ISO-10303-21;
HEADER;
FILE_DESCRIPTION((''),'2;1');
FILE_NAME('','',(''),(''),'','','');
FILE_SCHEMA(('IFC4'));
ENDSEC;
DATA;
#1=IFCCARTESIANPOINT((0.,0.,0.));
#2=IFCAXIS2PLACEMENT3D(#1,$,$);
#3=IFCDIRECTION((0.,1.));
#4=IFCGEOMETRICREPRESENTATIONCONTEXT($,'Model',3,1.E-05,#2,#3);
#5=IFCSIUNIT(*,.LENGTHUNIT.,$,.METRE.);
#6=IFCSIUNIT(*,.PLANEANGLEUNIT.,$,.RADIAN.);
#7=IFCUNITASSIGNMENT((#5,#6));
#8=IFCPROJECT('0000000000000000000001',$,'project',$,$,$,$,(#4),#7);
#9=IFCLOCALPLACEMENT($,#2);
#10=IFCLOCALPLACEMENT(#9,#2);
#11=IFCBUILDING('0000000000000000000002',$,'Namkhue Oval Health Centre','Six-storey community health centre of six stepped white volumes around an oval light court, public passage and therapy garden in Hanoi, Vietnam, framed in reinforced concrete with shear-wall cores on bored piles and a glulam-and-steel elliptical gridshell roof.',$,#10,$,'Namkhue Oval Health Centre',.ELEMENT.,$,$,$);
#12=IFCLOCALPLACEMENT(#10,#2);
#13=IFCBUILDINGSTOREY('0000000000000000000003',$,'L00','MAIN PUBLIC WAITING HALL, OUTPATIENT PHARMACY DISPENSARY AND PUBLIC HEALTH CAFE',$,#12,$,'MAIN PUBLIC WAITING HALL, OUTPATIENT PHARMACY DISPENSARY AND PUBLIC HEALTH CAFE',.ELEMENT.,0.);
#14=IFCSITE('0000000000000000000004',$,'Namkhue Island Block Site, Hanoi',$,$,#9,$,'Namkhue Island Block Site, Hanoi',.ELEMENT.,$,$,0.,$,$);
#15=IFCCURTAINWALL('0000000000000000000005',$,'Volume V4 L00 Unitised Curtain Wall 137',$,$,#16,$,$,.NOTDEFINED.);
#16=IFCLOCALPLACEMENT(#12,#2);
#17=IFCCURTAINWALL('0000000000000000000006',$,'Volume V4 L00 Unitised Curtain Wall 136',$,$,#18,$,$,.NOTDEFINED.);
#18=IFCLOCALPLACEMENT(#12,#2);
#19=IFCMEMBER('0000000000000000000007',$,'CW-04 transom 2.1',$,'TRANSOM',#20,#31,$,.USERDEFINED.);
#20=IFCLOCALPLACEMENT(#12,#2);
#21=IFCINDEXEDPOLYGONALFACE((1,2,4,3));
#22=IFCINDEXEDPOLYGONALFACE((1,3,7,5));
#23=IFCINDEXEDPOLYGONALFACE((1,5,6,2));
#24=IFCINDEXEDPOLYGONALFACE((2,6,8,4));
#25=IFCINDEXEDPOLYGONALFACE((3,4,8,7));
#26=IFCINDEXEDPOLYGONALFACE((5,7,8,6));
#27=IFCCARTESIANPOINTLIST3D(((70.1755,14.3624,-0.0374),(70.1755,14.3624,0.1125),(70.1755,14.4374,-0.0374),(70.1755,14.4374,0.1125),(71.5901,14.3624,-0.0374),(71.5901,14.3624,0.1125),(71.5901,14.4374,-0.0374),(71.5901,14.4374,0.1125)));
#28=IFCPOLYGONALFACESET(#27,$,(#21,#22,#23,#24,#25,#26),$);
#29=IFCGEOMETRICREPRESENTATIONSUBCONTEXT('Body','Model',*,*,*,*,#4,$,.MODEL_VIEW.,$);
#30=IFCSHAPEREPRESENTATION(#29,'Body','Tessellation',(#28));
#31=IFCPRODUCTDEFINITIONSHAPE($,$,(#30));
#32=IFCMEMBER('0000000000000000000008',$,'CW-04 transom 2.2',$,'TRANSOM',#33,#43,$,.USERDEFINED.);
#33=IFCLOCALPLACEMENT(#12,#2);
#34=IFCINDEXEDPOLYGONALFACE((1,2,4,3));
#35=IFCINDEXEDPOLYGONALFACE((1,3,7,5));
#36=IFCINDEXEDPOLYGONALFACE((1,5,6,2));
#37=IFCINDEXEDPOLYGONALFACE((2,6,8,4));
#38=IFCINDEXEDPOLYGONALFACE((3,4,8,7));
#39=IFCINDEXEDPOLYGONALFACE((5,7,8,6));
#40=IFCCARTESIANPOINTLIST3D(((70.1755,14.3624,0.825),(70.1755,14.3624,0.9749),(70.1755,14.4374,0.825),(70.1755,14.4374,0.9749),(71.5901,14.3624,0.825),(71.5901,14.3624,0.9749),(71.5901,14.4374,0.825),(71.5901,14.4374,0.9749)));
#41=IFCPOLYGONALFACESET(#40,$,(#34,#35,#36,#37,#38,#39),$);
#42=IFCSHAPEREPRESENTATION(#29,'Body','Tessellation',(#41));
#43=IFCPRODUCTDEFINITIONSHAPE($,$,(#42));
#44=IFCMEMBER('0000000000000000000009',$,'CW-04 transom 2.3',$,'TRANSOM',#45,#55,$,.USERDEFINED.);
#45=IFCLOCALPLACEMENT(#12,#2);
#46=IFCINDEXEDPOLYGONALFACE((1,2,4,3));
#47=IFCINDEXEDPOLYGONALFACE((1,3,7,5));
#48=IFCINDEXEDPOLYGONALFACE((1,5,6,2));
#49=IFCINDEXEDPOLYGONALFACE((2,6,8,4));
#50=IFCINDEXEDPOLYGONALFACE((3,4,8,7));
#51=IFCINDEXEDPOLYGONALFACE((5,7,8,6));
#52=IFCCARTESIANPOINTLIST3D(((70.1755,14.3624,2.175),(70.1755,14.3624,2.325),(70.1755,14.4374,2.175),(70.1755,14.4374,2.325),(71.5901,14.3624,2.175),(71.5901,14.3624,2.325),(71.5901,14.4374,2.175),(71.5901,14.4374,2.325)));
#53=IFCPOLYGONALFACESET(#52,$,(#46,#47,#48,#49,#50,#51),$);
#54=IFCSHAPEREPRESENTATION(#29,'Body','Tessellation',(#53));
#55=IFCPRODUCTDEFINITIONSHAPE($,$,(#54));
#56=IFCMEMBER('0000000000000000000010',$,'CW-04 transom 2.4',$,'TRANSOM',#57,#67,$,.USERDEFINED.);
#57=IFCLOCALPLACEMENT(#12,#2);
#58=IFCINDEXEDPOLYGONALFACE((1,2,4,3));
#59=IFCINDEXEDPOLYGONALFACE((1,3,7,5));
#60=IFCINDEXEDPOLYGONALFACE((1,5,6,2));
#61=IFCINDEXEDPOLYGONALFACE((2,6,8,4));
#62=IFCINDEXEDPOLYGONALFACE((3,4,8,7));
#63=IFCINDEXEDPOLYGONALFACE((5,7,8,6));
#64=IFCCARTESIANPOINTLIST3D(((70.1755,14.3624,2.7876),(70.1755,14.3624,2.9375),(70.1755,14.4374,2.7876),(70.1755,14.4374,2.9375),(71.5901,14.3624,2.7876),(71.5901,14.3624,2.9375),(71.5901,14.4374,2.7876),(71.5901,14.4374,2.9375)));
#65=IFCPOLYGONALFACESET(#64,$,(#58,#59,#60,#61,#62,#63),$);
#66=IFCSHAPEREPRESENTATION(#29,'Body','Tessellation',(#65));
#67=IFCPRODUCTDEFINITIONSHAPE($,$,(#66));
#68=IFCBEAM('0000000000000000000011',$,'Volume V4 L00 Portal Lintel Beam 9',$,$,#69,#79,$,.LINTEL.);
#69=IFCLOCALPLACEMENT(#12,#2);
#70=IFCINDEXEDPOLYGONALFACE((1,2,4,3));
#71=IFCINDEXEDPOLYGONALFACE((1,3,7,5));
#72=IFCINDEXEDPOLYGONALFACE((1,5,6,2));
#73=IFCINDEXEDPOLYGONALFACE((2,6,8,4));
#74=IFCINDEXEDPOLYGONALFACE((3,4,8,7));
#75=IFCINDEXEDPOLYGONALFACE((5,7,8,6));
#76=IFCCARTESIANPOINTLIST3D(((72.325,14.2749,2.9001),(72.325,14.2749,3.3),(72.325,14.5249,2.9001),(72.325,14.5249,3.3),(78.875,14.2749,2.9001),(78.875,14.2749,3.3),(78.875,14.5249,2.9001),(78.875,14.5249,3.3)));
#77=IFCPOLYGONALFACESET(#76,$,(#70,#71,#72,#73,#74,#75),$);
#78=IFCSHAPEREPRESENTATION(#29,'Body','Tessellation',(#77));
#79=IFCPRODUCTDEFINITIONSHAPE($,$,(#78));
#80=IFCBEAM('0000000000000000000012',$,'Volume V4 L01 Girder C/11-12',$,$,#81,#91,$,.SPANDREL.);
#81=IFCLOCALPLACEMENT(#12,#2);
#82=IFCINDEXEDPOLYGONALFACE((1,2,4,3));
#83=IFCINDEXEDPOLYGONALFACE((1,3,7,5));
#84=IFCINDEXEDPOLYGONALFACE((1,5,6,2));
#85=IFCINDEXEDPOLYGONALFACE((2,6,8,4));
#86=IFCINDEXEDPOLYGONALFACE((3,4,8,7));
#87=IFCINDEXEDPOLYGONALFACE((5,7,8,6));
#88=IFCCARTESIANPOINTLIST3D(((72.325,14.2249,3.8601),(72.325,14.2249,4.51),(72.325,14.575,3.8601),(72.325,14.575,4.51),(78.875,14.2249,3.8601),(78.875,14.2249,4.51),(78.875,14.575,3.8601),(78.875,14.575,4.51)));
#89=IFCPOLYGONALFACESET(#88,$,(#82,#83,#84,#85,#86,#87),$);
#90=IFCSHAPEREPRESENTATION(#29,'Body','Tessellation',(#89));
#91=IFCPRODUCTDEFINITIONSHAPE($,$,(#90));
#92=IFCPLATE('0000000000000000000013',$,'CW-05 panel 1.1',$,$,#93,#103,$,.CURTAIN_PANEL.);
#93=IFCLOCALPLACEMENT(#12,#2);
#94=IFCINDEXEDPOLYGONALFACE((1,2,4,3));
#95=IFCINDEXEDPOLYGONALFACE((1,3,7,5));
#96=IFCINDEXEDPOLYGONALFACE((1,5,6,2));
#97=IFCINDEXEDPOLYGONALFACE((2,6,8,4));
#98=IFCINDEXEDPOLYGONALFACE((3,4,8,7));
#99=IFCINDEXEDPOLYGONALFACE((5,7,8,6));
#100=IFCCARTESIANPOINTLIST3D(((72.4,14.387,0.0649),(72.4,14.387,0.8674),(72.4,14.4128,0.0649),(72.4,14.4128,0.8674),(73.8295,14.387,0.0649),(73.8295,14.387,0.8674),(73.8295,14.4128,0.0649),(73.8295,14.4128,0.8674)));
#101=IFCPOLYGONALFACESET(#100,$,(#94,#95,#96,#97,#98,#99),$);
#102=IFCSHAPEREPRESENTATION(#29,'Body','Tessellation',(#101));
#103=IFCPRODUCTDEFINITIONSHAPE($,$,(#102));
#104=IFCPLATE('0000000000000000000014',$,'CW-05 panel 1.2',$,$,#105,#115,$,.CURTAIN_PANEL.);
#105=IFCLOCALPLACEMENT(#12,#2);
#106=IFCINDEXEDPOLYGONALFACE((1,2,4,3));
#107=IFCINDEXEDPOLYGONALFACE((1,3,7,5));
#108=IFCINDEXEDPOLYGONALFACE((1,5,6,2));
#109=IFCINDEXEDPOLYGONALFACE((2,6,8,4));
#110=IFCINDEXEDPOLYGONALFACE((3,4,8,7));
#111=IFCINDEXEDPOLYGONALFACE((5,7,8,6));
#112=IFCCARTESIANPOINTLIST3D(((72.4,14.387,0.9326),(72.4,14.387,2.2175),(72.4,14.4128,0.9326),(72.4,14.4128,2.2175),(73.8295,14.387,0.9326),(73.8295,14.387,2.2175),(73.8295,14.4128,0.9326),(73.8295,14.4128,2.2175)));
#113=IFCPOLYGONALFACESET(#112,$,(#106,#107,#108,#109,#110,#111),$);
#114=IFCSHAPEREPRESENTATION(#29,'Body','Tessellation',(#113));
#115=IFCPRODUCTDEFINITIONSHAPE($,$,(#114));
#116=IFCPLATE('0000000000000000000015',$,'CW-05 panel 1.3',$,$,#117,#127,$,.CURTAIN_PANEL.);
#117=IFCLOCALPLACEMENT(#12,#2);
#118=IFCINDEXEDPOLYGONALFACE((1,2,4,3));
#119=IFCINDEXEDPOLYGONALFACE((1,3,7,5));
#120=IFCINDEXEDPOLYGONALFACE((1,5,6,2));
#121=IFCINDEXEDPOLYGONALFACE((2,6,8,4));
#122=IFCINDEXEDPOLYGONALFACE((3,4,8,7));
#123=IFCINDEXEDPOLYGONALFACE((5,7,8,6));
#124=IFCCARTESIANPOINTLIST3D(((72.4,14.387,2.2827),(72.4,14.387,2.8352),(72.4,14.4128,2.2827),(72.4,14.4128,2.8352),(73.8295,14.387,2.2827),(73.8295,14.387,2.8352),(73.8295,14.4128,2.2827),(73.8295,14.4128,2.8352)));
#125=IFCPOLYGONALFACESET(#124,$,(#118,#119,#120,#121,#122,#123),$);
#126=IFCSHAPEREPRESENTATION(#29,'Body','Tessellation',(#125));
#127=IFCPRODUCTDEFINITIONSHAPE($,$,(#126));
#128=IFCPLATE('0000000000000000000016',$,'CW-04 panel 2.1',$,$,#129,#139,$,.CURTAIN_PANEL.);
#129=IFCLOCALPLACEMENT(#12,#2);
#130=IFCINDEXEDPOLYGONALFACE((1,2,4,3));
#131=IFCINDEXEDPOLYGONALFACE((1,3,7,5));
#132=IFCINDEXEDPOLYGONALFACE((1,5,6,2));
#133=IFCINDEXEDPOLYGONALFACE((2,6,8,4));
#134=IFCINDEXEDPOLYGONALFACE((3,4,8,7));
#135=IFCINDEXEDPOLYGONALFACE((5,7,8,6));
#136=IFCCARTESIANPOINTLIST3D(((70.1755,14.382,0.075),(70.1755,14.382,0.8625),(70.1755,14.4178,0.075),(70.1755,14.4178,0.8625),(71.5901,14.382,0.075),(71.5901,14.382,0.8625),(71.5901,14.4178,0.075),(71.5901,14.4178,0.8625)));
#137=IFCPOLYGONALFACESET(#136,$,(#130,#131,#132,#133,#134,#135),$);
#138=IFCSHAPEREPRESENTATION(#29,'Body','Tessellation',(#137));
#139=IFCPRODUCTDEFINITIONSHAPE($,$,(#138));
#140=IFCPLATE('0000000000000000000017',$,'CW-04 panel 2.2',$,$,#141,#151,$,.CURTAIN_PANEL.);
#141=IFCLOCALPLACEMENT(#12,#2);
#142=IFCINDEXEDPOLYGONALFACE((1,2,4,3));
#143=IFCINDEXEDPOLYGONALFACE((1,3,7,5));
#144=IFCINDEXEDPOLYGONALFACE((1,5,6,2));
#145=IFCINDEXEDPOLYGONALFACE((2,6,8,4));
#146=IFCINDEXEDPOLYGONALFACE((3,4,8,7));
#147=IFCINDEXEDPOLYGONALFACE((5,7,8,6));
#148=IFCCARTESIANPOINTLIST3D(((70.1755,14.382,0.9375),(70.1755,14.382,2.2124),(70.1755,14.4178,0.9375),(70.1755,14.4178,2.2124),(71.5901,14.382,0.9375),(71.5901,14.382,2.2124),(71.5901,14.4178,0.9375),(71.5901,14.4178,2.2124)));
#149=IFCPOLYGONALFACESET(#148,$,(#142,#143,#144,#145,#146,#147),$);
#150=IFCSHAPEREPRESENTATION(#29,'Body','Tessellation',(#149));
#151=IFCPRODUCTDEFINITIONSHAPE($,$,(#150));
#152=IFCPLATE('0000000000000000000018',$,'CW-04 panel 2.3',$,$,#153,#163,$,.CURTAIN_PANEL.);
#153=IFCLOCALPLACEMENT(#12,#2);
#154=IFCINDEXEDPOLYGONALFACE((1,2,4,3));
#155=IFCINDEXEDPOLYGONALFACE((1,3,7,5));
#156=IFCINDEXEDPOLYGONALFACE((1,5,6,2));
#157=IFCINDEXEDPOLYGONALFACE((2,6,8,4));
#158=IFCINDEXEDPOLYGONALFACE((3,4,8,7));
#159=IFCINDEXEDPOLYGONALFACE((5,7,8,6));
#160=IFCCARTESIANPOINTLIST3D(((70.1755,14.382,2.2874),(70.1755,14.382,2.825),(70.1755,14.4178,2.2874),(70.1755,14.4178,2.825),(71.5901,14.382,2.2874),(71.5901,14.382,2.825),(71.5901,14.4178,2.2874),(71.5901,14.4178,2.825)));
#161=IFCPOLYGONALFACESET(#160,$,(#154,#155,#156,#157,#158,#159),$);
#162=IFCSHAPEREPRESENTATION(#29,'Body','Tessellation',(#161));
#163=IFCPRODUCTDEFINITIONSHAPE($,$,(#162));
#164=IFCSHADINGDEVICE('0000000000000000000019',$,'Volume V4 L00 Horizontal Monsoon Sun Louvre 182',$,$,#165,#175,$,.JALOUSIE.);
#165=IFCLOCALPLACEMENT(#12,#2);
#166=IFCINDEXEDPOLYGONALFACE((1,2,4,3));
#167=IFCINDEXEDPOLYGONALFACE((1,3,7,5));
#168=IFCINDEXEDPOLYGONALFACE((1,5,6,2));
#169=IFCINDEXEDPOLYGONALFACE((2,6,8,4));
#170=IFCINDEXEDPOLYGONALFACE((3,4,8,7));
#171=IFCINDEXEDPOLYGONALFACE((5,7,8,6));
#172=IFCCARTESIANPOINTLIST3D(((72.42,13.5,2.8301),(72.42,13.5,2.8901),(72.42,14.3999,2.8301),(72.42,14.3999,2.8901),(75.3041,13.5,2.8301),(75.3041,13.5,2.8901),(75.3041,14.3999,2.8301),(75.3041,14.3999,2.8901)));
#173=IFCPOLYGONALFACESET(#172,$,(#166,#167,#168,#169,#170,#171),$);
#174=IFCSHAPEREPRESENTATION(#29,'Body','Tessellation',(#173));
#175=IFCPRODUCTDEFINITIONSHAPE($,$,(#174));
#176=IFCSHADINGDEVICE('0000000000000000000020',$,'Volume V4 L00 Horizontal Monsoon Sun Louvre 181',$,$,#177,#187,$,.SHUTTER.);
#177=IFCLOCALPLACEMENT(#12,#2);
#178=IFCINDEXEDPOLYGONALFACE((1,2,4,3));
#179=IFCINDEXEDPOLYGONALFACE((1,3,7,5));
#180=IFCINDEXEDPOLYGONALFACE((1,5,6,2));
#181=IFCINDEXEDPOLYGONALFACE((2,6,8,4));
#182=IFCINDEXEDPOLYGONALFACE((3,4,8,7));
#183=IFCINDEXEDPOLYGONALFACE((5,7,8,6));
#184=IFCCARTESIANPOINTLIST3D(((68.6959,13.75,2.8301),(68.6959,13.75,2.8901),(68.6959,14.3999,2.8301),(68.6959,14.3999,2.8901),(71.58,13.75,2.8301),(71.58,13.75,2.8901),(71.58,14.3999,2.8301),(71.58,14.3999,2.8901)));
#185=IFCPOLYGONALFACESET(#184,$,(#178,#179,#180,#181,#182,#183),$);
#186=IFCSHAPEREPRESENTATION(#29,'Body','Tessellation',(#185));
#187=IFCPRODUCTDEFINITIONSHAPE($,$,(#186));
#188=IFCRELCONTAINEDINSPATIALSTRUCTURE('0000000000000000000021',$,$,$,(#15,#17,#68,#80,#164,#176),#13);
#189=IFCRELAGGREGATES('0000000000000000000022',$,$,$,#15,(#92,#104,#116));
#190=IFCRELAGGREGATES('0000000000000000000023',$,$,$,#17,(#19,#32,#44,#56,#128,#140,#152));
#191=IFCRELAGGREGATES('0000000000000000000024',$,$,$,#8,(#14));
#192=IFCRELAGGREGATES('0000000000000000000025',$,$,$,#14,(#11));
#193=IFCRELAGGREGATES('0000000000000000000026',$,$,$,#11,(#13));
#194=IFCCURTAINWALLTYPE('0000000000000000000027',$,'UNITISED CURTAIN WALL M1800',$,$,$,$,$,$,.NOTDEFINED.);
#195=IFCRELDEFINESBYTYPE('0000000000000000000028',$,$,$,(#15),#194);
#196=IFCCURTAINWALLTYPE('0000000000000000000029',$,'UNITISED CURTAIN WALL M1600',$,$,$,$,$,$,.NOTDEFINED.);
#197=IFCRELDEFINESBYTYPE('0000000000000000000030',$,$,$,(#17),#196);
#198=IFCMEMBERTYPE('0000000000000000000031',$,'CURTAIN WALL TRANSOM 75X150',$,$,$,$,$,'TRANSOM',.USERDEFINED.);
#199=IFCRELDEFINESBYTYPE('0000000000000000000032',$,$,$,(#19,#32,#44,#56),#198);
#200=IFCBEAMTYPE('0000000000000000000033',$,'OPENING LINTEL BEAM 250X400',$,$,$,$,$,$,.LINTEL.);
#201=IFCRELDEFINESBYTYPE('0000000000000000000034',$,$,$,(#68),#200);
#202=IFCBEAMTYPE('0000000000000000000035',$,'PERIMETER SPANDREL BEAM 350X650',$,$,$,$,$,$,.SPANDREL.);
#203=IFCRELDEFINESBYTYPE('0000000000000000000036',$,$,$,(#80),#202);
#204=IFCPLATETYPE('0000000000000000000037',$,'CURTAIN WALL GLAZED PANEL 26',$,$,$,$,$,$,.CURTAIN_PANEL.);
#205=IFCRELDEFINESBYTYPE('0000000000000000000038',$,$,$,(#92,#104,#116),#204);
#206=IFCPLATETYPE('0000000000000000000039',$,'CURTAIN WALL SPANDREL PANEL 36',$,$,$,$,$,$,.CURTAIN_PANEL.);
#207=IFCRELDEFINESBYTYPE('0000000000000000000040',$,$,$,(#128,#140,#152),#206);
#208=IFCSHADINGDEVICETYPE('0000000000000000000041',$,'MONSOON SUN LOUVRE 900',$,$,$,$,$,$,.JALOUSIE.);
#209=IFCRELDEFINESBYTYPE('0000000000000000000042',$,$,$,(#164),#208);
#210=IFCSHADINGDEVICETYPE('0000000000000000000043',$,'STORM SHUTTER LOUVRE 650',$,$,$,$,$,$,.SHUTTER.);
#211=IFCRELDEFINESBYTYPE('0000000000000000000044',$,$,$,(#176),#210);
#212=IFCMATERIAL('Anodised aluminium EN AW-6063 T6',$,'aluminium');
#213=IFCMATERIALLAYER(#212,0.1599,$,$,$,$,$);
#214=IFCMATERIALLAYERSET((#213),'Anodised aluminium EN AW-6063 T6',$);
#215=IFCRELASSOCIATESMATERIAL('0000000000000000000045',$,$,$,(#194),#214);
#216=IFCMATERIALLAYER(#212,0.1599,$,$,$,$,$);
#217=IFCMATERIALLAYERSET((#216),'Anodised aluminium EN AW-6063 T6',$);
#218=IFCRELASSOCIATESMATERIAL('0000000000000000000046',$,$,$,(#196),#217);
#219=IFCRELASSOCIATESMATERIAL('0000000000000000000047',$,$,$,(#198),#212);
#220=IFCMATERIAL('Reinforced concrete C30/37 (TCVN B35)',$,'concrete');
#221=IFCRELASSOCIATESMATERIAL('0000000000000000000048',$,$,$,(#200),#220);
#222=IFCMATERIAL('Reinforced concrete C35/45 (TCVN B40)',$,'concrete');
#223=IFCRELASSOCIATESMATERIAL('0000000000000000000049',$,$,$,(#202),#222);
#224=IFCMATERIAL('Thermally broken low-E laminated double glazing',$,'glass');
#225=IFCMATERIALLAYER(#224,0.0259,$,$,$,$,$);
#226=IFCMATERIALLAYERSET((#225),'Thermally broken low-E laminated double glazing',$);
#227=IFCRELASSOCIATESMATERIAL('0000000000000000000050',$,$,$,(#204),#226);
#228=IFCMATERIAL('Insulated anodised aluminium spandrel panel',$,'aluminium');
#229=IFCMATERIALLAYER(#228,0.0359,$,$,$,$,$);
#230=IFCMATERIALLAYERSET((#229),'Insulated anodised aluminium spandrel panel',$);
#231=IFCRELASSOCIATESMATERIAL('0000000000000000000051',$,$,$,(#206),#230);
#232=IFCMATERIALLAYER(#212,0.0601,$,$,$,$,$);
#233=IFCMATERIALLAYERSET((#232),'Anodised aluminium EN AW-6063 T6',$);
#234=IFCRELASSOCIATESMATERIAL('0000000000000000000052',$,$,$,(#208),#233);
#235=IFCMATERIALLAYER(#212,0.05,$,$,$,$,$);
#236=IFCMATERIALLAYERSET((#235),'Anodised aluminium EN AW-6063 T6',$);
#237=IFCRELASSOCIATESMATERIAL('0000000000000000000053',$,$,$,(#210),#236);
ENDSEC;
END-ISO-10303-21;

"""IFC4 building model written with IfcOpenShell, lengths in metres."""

from ifc_helpers import new_model, si_unit, direction, frame, origin, origin_2d, place, context, subcontext, project, spatial, rectangle, extrude, material, layer, layer_set, material_profile, profile_set, type_object, element, aggregate, save


model = new_model("IFC4")

# Units and contexts
model_context = context("Model", 3, precision=1e-05, world=origin(), true_north=direction((0.0, 1.0)))
body_context = subcontext(model_context, "Body", "Model", "MODEL_VIEW")
ifc_project = project(units=[si_unit("LENGTHUNIT", "METRE"), si_unit("PLANEANGLEUNIT", "RADIAN")], contexts=[model_context])

# Site, building, storey
site_placement = place(None, origin())
site = spatial("IfcSite", under=ifc_project, at=site_placement, Name="Namkhue Island Block Site, Hanoi", LongName="Namkhue Island Block Site, Hanoi", CompositionType="ELEMENT", RefElevation=0.0)
building_placement = place(site_placement, origin())
building = spatial("IfcBuilding", under=site, at=building_placement, Name="Namkhue Oval Health Centre", Description="Six-storey community health centre of six stepped white volumes around an oval light court, public passage and therapy garden in Hanoi, Vietnam, framed in reinforced concrete with shear-wall cores on bored piles and a glulam-and-steel elliptical gridshell roof.", LongName="Namkhue Oval Health Centre", CompositionType="ELEMENT")
storey_placement = place(building_placement, origin())
storey = spatial("IfcBuildingStorey", under=building, at=storey_placement, Name="L00", Description="MAIN PUBLIC WAITING HALL, OUTPATIENT PHARMACY DISPENSARY AND PUBLIC HEALTH CAFE", LongName="MAIN PUBLIC WAITING HALL, OUTPATIENT PHARMACY DISPENSARY AND PUBLIC HEALTH CAFE", CompositionType="ELEMENT", Elevation=0.0)

# Shared definitions
ifc_material_1 = material(Name="Reinforced concrete C30/37 (TCVN B35)", Category="concrete")

# Shared definitions
ifc_material_2 = material(Name="Reinforced concrete C35/45 (TCVN B40)", Category="concrete")

# Curtain walls
ifc_material_3 = material(Name="Anodised aluminium EN AW-6063 T6", Category="aluminium")
ifc_layer_1 = layer(ifc_material_3, 0.1599)
ifc_layer_set_1 = layer_set([ifc_layer_1], Name="Anodised aluminium EN AW-6063 T6")
curtain_wall_type_1 = type_object("IfcCurtainWallType", Name="UNITISED CURTAIN WALL M1800", PredefinedType="NOTDEFINED", material=ifc_layer_set_1)
curtain_wall_1_placement = place(storey_placement, origin())
curtain_wall_1 = element("IfcCurtainWall", 1, at=curtain_wall_1_placement, inside=storey, type_object=curtain_wall_type_1, Name="Volume V4 L00 Unitised Curtain Wall 137", PredefinedType="NOTDEFINED")
ifc_layer_2 = layer(ifc_material_3, 0.1599)
ifc_layer_set_2 = layer_set([ifc_layer_2], Name="Anodised aluminium EN AW-6063 T6")
curtain_wall_type_2 = type_object("IfcCurtainWallType", Name="UNITISED CURTAIN WALL M1600", PredefinedType="NOTDEFINED", material=ifc_layer_set_2)
curtain_wall_2_placement = place(storey_placement, origin())
curtain_wall_2 = element("IfcCurtainWall", 2, at=curtain_wall_2_placement, inside=storey, type_object=curtain_wall_type_2, Name="Volume V4 L00 Unitised Curtain Wall 136", PredefinedType="NOTDEFINED")

# Members
ifc_material_profile_1 = material_profile(ifc_material_3, rectangle(XDim=0.075, YDim=0.1499, at=origin_2d()), Name="ALU 75x150")
ifc_profile_set_1 = profile_set([ifc_material_profile_1], Name="Anodised aluminium EN AW-6063 T6")
member_type_1 = type_object("IfcMemberType", Name="CURTAIN WALL TRANSOM 75X150", ElementType="TRANSOM", PredefinedType="USERDEFINED", material=ifc_profile_set_1)
member_1_placement = place(storey_placement, frame((70.1755, 14.3999, 0.0376), z_axis=(1.0, 0.0, 0.0), x_axis=(0.0, 1.0, 0.0)))
member_1 = element("IfcMember", 3, at=member_1_placement, type_object=member_type_1, Name="CW-04 transom 2.1", ObjectType="TRANSOM", PredefinedType="USERDEFINED", context=body_context, shape_type="SweptSolid", body=[
    extrude(rectangle(XDim=0.075, YDim=0.1499, at=origin_2d()), origin(), (0.0, 0.0, 1.0), 1.4146),
])
member_2_placement = place(storey_placement, frame((70.1755, 14.3999, 0.8999), z_axis=(1.0, 0.0, 0.0), x_axis=(0.0, 1.0, 0.0)))
member_2 = element("IfcMember", 4, at=member_2_placement, type_object=member_type_1, Name="CW-04 transom 2.2", ObjectType="TRANSOM", PredefinedType="USERDEFINED", context=body_context, shape_type="SweptSolid", body=[
    extrude(rectangle(XDim=0.075, YDim=0.1499, at=origin_2d()), origin(), (0.0, 0.0, 1.0), 1.4146),
])
member_3_placement = place(storey_placement, frame((70.1755, 14.3999, 2.25), z_axis=(1.0, 0.0, 0.0), x_axis=(0.0, 1.0, 0.0)))
member_3 = element("IfcMember", 5, at=member_3_placement, type_object=member_type_1, Name="CW-04 transom 2.3", ObjectType="TRANSOM", PredefinedType="USERDEFINED", context=body_context, shape_type="SweptSolid", body=[
    extrude(rectangle(XDim=0.075, YDim=0.1499, at=origin_2d()), origin(), (0.0, 0.0, 1.0), 1.4146),
])
member_4_placement = place(storey_placement, frame((70.1755, 14.3999, 2.8625), z_axis=(1.0, 0.0, 0.0), x_axis=(0.0, 1.0, 0.0)))
member_4 = element("IfcMember", 6, at=member_4_placement, type_object=member_type_1, Name="CW-04 transom 2.4", ObjectType="TRANSOM", PredefinedType="USERDEFINED", context=body_context, shape_type="SweptSolid", body=[
    extrude(rectangle(XDim=0.075, YDim=0.1499, at=origin_2d()), origin(), (0.0, 0.0, 1.0), 1.4146),
])

# Beams
ifc_material_profile_2 = material_profile(ifc_material_1, rectangle(XDim=0.25, YDim=0.3999, at=origin_2d()), Name="RC 250x400")
ifc_profile_set_2 = profile_set([ifc_material_profile_2], Name="Reinforced concrete C30/37 (TCVN B35)")
beam_type_1 = type_object("IfcBeamType", Name="OPENING LINTEL BEAM 250X400", PredefinedType="LINTEL", material=ifc_profile_set_2)
beam_1_placement = place(storey_placement, frame((72.325, 14.3999, 3.1001), z_axis=(1.0, 0.0, 0.0), x_axis=(0.0, 1.0, 0.0)))
element("IfcBeam", 7, at=beam_1_placement, inside=storey, type_object=beam_type_1, Name="Volume V4 L00 Portal Lintel Beam 9", PredefinedType="LINTEL", context=body_context, shape_type="SweptSolid", body=[
    extrude(rectangle(XDim=0.25, YDim=0.3999, at=origin_2d()), origin(), (0.0, 0.0, 1.0), 6.55),
])
ifc_material_profile_3 = material_profile(ifc_material_2, rectangle(XDim=0.3501, YDim=0.6499, at=origin_2d()), Name="RC 350x650")
ifc_profile_set_3 = profile_set([ifc_material_profile_3], Name="Reinforced concrete C35/45 (TCVN B40)")
beam_type_2 = type_object("IfcBeamType", Name="PERIMETER SPANDREL BEAM 350X650", PredefinedType="SPANDREL", material=ifc_profile_set_3)
beam_2_placement = place(storey_placement, frame((72.325, 14.3999, 4.1851), z_axis=(1.0, 0.0, 0.0), x_axis=(0.0, 1.0, 0.0)))
element("IfcBeam", 8, at=beam_2_placement, inside=storey, type_object=beam_type_2, Name="Volume V4 L01 Girder C/11-12", PredefinedType="SPANDREL", context=body_context, shape_type="SweptSolid", body=[
    extrude(rectangle(XDim=0.3501, YDim=0.6499, at=origin_2d()), origin(), (0.0, 0.0, 1.0), 6.55),
])

# Plates
ifc_material_4 = material(Name="Thermally broken low-E laminated double glazing", Category="glass")
ifc_layer_3 = layer(ifc_material_4, 0.0259)
ifc_layer_set_3 = layer_set([ifc_layer_3], Name="Thermally broken low-E laminated double glazing")
plate_type_1 = type_object("IfcPlateType", Name="CURTAIN WALL GLAZED PANEL 26", PredefinedType="CURTAIN_PANEL", material=ifc_layer_set_3)
plate_1_placement = place(storey_placement, frame((73.1147, 14.3999, 0.0649), z_axis=(0.0, 0.0, 1.0), x_axis=(1.0, 0.0, 0.0)))
plate_1 = element("IfcPlate", 9, at=plate_1_placement, type_object=plate_type_1, Name="CW-05 panel 1.1", PredefinedType="CURTAIN_PANEL", context=body_context, shape_type="SweptSolid", body=[
    extrude(rectangle(XDim=1.4294, YDim=0.0259, at=origin_2d()), origin(), (0.0, 0.0, 1.0), 0.8025),
])
plate_2_placement = place(storey_placement, frame((73.1147, 14.3999, 0.9326), z_axis=(0.0, 0.0, 1.0), x_axis=(1.0, 0.0, 0.0)))
plate_2 = element("IfcPlate", 10, at=plate_2_placement, type_object=plate_type_1, Name="CW-05 panel 1.2", PredefinedType="CURTAIN_PANEL", context=body_context, shape_type="SweptSolid", body=[
    extrude(rectangle(XDim=1.4294, YDim=0.0259, at=origin_2d()), origin(), (0.0, 0.0, 1.0), 1.2849),
])
plate_3_placement = place(storey_placement, frame((73.1147, 14.3999, 2.2827), z_axis=(0.0, 0.0, 1.0), x_axis=(1.0, 0.0, 0.0)))
plate_3 = element("IfcPlate", 11, at=plate_3_placement, type_object=plate_type_1, Name="CW-05 panel 1.3", PredefinedType="CURTAIN_PANEL", context=body_context, shape_type="SweptSolid", body=[
    extrude(rectangle(XDim=1.4294, YDim=0.0259, at=origin_2d()), origin(), (0.0, 0.0, 1.0), 0.5525),
])
aggregate(curtain_wall_1, [plate_1, plate_2, plate_3])
ifc_material_5 = material(Name="Insulated anodised aluminium spandrel panel", Category="aluminium")
ifc_layer_4 = layer(ifc_material_5, 0.0359)
ifc_layer_set_4 = layer_set([ifc_layer_4], Name="Insulated anodised aluminium spandrel panel")
plate_type_2 = type_object("IfcPlateType", Name="CURTAIN WALL SPANDREL PANEL 36", PredefinedType="CURTAIN_PANEL", material=ifc_layer_set_4)
plate_4_placement = place(storey_placement, frame((70.8828, 14.3999, 0.075), z_axis=(0.0, 0.0, 1.0), x_axis=(1.0, 0.0, 0.0)))
plate_4 = element("IfcPlate", 12, at=plate_4_placement, type_object=plate_type_2, Name="CW-04 panel 2.1", PredefinedType="CURTAIN_PANEL", context=body_context, shape_type="SweptSolid", body=[
    extrude(rectangle(XDim=1.4146, YDim=0.0359, at=origin_2d()), origin(), (0.0, 0.0, 1.0), 0.7876),
])
plate_5_placement = place(storey_placement, frame((70.8828, 14.3999, 0.9375), z_axis=(0.0, 0.0, 1.0), x_axis=(1.0, 0.0, 0.0)))
plate_5 = element("IfcPlate", 13, at=plate_5_placement, type_object=plate_type_2, Name="CW-04 panel 2.2", PredefinedType="CURTAIN_PANEL", context=body_context, shape_type="SweptSolid", body=[
    extrude(rectangle(XDim=1.4146, YDim=0.0359, at=origin_2d()), origin(), (0.0, 0.0, 1.0), 1.2749),
])
plate_6_placement = place(storey_placement, frame((70.8828, 14.3999, 2.2874), z_axis=(0.0, 0.0, 1.0), x_axis=(1.0, 0.0, 0.0)))
plate_6 = element("IfcPlate", 14, at=plate_6_placement, type_object=plate_type_2, Name="CW-04 panel 2.3", PredefinedType="CURTAIN_PANEL", context=body_context, shape_type="SweptSolid", body=[
    extrude(rectangle(XDim=1.4146, YDim=0.0359, at=origin_2d()), origin(), (0.0, 0.0, 1.0), 0.5376),
])
aggregate(curtain_wall_2, [member_1, member_2, member_3, member_4, plate_4, plate_5, plate_6])

# Shading devices
ifc_layer_5 = layer(ifc_material_3, 0.0601)
ifc_layer_set_5 = layer_set([ifc_layer_5], Name="Anodised aluminium EN AW-6063 T6")
shading_device_type_1 = type_object("IfcShadingDeviceType", Name="MONSOON SUN LOUVRE 900", PredefinedType="JALOUSIE", material=ifc_layer_set_5)
shading_device_1_placement = place(storey_placement, frame((73.8621, 13.95, 2.8301), z_axis=(0.0, 0.0, 1.0), x_axis=(1.0, 0.0, 0.0)))
element("IfcShadingDevice", 15, at=shading_device_1_placement, inside=storey, type_object=shading_device_type_1, Name="Volume V4 L00 Horizontal Monsoon Sun Louvre 182", PredefinedType="JALOUSIE", context=body_context, shape_type="SweptSolid", body=[
    extrude(rectangle(XDim=2.884, YDim=0.8999, at=origin_2d()), origin(), (0.0, 0.0, 1.0), 0.0601),
])
ifc_layer_6 = layer(ifc_material_3, 0.05)
ifc_layer_set_6 = layer_set([ifc_layer_6], Name="Anodised aluminium EN AW-6063 T6")
shading_device_type_2 = type_object("IfcShadingDeviceType", Name="STORM SHUTTER LOUVRE 650", PredefinedType="SHUTTER", material=ifc_layer_set_6)
shading_device_2_placement = place(storey_placement, frame((70.1379, 14.075, 2.8301), z_axis=(0.0, 0.0, 1.0), x_axis=(1.0, 0.0, 0.0)))
element("IfcShadingDevice", 16, at=shading_device_2_placement, inside=storey, type_object=shading_device_type_2, Name="Volume V4 L00 Horizontal Monsoon Sun Louvre 181", PredefinedType="SHUTTER", context=body_context, shape_type="SweptSolid", body=[
    extrude(rectangle(XDim=2.884, YDim=0.6499, at=origin_2d()), origin(), (0.0, 0.0, 1.0), 0.0601),
])

save(model, "model.ifc")
